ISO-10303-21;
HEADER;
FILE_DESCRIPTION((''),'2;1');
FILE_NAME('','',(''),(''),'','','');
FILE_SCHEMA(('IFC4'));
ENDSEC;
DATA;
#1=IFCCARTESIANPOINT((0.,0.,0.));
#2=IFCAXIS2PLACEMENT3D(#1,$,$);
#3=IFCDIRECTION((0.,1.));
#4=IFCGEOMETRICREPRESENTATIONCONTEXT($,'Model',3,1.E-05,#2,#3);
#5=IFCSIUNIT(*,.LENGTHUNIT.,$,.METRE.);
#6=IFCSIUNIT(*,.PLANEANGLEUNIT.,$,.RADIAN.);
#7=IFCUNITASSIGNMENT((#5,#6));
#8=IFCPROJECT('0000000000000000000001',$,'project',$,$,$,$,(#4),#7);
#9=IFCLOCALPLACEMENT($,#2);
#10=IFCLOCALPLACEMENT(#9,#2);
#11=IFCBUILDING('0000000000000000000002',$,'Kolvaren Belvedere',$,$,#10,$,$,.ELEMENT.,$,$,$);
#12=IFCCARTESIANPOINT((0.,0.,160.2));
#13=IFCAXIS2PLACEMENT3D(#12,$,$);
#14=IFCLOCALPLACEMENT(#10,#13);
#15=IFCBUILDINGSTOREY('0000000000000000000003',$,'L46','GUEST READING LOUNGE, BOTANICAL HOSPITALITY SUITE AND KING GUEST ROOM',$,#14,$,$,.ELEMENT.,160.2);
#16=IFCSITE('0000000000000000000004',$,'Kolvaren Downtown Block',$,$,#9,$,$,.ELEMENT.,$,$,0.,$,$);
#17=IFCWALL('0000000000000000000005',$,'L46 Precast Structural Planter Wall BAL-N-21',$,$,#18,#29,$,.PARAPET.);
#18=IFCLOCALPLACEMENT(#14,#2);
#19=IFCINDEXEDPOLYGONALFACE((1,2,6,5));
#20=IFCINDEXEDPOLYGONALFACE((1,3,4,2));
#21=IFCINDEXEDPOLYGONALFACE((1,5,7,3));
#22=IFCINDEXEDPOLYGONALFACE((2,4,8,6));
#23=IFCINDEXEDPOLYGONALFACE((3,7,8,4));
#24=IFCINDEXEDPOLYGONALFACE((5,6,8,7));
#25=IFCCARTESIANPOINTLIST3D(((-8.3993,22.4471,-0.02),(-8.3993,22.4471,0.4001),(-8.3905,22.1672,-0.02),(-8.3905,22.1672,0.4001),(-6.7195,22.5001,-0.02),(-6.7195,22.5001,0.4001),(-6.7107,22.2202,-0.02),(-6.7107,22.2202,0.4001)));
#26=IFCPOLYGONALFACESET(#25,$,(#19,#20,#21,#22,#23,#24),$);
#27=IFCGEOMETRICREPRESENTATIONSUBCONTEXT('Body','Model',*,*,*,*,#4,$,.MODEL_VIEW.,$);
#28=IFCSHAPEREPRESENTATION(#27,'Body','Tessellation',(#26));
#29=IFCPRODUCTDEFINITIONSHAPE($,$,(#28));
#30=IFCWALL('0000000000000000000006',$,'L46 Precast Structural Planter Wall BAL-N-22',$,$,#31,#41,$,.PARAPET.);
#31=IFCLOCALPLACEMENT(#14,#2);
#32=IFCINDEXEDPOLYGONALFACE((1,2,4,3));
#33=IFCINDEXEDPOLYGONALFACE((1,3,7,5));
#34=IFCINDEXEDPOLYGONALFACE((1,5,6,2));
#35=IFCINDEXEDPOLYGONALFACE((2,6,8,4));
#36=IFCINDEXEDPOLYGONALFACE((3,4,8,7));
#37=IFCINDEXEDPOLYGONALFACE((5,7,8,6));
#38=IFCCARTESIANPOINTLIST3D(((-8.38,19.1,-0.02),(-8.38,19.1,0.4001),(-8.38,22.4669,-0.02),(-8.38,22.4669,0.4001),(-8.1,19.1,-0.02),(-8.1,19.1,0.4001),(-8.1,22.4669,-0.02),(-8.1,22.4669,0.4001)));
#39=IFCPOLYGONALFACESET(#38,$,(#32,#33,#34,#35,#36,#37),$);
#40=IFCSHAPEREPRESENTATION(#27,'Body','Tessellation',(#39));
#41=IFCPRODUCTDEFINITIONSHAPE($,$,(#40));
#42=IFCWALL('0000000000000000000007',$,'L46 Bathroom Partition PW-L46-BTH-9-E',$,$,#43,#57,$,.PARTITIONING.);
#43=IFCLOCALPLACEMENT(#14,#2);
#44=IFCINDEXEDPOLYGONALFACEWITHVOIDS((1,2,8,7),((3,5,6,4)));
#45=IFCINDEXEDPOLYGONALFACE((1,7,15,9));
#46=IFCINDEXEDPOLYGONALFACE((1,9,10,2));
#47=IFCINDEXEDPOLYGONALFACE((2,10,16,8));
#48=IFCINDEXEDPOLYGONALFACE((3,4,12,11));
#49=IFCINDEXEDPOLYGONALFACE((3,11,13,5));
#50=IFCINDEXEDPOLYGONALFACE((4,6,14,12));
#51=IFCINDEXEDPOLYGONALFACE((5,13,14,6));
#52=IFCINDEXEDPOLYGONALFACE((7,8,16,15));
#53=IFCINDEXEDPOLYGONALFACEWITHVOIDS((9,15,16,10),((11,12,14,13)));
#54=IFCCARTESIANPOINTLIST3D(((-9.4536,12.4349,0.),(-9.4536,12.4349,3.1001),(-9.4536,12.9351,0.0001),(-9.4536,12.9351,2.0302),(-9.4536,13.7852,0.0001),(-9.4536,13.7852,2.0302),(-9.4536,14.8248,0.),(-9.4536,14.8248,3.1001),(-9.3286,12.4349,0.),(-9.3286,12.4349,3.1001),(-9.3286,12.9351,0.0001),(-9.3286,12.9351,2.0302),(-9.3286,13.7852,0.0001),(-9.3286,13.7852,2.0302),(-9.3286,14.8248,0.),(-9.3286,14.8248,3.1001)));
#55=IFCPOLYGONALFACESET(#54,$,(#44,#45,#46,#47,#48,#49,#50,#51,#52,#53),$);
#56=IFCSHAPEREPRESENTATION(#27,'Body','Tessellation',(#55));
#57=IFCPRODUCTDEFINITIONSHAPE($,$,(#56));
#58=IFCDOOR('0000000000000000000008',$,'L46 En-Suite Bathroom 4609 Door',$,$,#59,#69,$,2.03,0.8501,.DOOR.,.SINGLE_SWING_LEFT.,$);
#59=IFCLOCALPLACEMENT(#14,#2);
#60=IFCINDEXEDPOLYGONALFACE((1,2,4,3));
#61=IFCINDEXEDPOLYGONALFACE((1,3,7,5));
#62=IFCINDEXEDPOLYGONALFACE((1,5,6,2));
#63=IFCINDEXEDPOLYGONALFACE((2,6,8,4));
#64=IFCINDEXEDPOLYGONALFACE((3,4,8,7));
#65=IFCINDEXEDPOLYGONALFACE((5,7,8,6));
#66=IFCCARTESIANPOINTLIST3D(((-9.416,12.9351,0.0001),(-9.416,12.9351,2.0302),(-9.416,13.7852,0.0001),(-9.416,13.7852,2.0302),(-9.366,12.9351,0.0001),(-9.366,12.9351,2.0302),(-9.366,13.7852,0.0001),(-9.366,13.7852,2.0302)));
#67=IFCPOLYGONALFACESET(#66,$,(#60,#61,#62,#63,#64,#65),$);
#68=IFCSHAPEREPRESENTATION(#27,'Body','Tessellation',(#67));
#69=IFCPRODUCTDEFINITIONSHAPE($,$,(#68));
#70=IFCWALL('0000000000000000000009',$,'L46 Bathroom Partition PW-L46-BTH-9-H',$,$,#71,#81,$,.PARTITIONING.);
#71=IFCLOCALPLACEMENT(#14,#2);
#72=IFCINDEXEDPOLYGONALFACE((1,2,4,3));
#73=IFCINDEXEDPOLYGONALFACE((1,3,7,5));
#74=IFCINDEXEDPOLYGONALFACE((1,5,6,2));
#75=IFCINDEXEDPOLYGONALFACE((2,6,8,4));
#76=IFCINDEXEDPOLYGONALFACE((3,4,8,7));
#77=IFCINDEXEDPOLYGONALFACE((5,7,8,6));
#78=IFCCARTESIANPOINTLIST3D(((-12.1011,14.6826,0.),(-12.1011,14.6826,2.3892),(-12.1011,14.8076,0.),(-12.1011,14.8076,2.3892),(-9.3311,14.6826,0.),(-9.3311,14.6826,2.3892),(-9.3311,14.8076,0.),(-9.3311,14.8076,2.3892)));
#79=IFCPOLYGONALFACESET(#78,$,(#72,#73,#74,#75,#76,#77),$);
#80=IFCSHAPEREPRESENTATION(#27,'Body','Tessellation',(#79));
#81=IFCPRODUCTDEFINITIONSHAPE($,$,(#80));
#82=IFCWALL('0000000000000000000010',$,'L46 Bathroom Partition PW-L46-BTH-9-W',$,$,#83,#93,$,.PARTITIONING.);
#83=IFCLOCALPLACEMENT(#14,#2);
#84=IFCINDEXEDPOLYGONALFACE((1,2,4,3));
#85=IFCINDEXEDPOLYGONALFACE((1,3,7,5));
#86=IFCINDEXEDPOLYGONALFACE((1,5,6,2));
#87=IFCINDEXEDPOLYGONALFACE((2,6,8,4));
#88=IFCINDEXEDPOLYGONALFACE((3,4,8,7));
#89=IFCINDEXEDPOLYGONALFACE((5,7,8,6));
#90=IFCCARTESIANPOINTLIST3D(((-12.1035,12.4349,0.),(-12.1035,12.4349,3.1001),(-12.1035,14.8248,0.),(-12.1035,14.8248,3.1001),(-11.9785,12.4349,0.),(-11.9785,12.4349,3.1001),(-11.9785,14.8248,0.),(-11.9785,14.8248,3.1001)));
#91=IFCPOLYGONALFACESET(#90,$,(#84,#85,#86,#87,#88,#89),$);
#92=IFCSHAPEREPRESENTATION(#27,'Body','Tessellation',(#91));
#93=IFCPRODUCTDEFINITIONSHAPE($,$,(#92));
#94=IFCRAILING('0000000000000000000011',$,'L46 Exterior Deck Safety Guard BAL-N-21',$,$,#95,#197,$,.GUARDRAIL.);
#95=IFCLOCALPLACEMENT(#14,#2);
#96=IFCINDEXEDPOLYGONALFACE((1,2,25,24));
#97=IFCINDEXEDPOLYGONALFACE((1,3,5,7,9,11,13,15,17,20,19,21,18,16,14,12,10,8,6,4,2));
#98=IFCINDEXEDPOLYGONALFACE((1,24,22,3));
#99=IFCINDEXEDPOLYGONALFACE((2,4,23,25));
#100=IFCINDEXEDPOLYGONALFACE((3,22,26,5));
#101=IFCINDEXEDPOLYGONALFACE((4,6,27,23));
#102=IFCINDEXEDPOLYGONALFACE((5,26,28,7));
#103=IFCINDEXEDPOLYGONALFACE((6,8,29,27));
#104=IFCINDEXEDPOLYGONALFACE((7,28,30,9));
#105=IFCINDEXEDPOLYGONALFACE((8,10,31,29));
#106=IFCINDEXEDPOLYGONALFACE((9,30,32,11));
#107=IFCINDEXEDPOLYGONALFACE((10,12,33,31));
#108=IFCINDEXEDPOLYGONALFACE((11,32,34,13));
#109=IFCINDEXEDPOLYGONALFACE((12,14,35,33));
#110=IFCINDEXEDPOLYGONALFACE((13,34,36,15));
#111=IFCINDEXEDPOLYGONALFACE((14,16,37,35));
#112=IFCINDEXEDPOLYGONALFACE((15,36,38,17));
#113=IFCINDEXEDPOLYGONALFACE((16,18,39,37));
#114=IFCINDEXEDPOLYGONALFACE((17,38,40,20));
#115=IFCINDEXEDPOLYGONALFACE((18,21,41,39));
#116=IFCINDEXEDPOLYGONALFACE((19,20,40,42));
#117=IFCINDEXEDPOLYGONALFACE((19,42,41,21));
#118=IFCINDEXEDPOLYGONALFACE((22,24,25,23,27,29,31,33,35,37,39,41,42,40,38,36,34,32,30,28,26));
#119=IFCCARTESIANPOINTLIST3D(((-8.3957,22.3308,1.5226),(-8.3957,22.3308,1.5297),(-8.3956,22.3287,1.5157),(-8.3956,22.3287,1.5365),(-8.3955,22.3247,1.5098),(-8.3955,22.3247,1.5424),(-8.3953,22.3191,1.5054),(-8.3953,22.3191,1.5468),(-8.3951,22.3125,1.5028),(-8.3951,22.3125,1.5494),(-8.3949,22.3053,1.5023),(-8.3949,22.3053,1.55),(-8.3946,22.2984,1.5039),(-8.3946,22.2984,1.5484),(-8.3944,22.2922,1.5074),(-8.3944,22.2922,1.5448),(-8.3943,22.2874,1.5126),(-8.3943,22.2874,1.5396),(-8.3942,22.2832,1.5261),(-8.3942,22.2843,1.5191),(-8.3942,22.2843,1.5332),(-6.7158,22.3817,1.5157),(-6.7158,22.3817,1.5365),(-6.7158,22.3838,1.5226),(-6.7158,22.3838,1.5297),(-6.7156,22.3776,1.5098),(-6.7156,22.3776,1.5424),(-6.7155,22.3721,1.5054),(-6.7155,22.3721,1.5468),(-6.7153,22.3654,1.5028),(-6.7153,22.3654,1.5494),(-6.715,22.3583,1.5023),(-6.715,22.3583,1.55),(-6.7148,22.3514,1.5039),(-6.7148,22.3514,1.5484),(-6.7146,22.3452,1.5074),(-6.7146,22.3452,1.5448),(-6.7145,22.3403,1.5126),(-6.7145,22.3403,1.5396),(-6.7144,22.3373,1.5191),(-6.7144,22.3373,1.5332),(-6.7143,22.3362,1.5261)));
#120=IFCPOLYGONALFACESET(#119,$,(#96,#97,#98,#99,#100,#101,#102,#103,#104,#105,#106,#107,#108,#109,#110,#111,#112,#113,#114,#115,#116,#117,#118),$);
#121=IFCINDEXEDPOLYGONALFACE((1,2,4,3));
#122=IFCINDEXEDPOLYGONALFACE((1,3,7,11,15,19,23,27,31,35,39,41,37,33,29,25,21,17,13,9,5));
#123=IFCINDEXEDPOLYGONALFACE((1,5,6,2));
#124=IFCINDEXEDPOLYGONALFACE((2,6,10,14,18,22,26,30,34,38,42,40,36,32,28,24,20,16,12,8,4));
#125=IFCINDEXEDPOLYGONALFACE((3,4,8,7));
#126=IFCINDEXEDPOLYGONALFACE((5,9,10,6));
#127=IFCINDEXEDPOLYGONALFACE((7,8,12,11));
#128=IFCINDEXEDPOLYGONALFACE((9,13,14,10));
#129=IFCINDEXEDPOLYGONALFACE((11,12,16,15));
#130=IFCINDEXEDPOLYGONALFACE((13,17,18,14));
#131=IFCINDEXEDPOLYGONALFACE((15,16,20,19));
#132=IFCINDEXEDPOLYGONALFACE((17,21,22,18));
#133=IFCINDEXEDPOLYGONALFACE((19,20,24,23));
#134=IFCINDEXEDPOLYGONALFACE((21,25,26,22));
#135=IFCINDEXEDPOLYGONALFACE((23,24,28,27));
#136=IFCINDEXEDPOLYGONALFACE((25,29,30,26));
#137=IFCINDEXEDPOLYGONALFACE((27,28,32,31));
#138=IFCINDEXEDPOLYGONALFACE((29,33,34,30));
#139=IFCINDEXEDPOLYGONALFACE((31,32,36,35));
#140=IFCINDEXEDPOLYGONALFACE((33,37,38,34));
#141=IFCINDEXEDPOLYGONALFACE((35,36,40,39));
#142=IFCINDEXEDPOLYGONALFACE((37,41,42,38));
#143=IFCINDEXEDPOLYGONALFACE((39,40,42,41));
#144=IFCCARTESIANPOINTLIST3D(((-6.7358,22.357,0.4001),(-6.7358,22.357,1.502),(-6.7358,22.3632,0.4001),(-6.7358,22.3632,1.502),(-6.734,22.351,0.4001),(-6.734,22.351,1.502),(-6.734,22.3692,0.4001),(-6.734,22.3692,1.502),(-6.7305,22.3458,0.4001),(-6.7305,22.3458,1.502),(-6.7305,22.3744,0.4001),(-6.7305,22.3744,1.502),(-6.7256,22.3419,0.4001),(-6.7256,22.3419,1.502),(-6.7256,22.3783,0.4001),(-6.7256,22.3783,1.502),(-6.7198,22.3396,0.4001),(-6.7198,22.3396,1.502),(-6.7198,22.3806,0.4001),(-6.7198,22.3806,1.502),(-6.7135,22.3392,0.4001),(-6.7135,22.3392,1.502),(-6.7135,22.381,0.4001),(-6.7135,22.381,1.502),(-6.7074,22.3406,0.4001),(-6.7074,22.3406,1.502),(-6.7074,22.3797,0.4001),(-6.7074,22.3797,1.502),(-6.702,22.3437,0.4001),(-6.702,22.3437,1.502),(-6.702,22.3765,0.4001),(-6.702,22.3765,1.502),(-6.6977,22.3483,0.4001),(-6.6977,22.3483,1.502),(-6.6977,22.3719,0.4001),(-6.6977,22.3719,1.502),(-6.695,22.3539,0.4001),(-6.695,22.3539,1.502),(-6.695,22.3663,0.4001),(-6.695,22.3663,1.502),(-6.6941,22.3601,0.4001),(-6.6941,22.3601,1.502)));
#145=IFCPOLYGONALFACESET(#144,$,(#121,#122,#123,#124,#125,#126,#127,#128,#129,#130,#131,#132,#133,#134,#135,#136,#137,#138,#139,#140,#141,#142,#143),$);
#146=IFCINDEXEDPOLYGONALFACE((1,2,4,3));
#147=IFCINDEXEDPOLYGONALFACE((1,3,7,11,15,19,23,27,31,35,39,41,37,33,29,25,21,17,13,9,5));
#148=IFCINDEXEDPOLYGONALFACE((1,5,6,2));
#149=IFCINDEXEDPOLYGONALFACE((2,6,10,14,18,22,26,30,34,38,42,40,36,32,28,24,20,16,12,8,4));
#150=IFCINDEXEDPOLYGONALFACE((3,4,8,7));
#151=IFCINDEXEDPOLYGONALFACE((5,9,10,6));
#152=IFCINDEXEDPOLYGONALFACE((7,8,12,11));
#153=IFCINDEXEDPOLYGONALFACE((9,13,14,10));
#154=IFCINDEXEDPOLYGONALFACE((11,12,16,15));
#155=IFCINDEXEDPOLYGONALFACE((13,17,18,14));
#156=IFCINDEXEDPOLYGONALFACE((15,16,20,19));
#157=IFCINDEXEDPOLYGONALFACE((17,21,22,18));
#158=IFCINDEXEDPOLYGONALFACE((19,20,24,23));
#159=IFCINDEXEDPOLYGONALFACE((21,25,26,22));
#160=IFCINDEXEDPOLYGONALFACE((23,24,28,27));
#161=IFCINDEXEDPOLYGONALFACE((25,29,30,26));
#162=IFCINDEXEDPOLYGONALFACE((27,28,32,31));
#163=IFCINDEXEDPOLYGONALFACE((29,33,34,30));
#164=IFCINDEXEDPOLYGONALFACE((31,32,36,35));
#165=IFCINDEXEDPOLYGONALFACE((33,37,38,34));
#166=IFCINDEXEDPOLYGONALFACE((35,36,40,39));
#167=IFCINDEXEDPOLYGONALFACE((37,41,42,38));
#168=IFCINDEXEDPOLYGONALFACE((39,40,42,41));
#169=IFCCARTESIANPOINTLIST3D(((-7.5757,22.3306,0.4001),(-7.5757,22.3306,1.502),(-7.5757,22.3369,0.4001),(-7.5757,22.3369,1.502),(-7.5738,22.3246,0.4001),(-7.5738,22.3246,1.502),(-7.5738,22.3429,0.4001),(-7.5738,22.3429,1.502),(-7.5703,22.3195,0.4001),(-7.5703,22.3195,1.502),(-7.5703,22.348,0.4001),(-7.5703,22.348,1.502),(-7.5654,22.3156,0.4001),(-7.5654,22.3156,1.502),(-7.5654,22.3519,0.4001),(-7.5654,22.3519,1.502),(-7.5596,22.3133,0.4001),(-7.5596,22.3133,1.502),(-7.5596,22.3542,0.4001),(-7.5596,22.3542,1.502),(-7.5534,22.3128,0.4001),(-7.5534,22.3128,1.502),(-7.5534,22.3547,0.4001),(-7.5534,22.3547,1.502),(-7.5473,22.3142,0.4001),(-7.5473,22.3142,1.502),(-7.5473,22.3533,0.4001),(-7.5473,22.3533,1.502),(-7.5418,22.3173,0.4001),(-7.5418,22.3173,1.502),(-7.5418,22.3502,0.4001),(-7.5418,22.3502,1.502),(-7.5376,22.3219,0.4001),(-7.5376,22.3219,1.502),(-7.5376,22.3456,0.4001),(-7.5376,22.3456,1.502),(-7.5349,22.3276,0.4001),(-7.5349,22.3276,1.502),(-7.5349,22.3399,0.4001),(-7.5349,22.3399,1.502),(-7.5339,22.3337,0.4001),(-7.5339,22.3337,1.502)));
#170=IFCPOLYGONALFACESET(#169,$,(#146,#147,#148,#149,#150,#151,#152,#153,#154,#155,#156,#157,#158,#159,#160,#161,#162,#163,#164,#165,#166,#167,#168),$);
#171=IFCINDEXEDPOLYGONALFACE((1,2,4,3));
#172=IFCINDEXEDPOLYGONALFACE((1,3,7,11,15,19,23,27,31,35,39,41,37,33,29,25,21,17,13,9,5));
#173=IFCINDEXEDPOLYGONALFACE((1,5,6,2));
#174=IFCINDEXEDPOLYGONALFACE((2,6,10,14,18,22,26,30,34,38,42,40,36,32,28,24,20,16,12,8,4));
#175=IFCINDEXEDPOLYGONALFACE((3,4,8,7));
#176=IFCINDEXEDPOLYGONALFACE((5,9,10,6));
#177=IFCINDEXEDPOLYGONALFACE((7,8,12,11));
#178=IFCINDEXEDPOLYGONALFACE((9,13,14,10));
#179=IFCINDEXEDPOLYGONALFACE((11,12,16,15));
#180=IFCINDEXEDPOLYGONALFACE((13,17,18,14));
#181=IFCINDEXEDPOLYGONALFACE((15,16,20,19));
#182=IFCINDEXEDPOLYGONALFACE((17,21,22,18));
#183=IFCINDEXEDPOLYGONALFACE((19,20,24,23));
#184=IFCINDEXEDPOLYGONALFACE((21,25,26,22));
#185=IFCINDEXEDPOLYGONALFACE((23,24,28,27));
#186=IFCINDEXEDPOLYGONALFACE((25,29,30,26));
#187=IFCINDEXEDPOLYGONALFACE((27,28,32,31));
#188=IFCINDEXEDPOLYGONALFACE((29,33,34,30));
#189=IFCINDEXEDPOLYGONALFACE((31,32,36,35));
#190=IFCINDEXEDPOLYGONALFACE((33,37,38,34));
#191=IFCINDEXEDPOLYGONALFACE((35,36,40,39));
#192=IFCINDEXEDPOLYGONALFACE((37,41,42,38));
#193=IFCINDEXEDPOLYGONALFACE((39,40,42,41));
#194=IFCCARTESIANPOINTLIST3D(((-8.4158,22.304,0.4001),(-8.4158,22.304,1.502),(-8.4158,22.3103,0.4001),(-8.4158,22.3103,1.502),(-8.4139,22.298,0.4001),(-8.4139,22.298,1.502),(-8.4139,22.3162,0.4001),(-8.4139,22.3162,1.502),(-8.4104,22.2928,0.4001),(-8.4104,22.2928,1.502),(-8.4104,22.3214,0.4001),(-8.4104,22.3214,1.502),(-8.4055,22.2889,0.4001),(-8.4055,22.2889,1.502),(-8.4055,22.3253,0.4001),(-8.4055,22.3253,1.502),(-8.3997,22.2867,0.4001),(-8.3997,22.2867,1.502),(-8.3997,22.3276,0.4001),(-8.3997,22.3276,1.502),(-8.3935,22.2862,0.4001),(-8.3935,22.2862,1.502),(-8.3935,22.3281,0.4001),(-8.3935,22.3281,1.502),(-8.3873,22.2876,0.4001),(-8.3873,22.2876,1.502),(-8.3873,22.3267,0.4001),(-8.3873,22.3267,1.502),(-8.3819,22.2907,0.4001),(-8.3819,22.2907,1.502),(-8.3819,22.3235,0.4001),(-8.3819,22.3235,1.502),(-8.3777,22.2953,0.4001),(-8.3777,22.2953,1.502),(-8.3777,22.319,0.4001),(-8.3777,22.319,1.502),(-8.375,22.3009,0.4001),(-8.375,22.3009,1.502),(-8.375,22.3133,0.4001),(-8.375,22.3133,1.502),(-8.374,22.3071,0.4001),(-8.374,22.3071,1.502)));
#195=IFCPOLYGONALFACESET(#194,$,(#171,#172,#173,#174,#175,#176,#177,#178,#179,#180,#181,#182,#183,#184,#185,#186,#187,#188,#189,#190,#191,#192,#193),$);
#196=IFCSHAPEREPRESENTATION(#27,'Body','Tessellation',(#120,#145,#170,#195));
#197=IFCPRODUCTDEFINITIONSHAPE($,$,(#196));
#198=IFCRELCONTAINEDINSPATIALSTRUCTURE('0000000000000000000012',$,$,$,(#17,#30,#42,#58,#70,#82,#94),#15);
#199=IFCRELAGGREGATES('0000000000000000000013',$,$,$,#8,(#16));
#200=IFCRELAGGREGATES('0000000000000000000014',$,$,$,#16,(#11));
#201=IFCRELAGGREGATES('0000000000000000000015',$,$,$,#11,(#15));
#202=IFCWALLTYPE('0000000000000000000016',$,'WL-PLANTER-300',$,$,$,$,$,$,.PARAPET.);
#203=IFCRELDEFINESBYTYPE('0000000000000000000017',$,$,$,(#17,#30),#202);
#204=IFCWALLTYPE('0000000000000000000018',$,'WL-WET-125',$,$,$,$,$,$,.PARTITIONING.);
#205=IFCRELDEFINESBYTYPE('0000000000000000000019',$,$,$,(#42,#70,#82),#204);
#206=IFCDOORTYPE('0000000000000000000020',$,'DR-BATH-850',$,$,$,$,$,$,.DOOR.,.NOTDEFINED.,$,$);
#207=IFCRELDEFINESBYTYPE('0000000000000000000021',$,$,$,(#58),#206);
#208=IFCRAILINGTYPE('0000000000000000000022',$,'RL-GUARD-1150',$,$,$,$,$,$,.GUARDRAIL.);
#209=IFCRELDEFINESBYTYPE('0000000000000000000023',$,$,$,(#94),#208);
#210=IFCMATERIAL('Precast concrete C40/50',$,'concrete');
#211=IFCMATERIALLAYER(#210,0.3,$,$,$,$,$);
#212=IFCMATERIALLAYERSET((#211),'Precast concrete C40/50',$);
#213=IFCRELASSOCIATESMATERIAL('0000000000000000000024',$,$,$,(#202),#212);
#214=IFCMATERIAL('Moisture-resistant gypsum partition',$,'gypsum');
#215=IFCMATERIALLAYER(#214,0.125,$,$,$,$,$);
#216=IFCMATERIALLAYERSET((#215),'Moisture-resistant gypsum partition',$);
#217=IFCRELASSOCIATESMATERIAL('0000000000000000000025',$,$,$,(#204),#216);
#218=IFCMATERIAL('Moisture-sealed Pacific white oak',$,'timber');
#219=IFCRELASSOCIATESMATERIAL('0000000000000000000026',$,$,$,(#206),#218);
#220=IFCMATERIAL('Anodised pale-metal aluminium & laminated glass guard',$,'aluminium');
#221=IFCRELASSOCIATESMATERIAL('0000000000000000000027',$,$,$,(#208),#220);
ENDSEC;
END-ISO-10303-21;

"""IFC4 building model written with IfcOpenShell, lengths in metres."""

from ifc_helpers import new_model, si_unit, direction, frame, frame_2d, origin, origin_2d, place, context, subcontext, project, spatial, rectangle, circle, extrude, material, layer, layer_set, type_object, element, fill, save


model = new_model("IFC4")

# Units and contexts
model_context = context("Model", 3, precision=1e-05, world=origin(), true_north=direction((0.0, 1.0)))
body_context = subcontext(model_context, "Body", "Model", "MODEL_VIEW")
ifc_project = project(units=[si_unit("LENGTHUNIT", "METRE"), si_unit("PLANEANGLEUNIT", "RADIAN")], contexts=[model_context])

# Site, building, storey
site_placement = place(None, origin())
site = spatial("IfcSite", under=ifc_project, at=site_placement, Name="Kolvaren Downtown Block", CompositionType="ELEMENT", RefElevation=0.0)
building_placement = place(site_placement, origin())
building = spatial("IfcBuilding", under=site, at=building_placement, Name="Kolvaren Belvedere", CompositionType="ELEMENT")
storey_placement = place(building_placement, frame((0.0, 0.0, 160.2)))
storey = spatial("IfcBuildingStorey", under=building, at=storey_placement, Name="L46", Description="GUEST READING LOUNGE, BOTANICAL HOSPITALITY SUITE AND KING GUEST ROOM", CompositionType="ELEMENT", Elevation=160.2)

# Walls
ifc_material_1 = material(Name="Precast concrete C40/50", Category="concrete")
ifc_layer_1 = layer(ifc_material_1, 0.3)
ifc_layer_set_1 = layer_set([ifc_layer_1], Name="Precast concrete C40/50")
wall_type_1 = type_object("IfcWallType", Name="WL-PLANTER-300", PredefinedType="PARAPET", material=ifc_layer_set_1)
wall_1_placement = place(storey_placement, frame((-6.7151, 22.3601, -0.02), z_axis=(0.0, 0.0, 1.0), x_axis=(-0.999503, -0.03152, 0.0)))
element("IfcWall", 1, at=wall_1_placement, inside=storey, type_object=wall_type_1, Name="L46 Precast Structural Planter Wall BAL-N-21", PredefinedType="PARAPET", context=body_context, shape_type="SweptSolid", body=[
    extrude(rectangle(XDim=1.6807, YDim=0.28, at=frame_2d((0.8403, 0.0))), origin(), (0.0, 0.0, 1.0), 0.4202),
])
wall_2_placement = place(storey_placement, frame((-8.24, 22.467, -0.02), z_axis=(0.0, 0.0, 1.0), x_axis=(0.0, -1.0, 0.0)))
element("IfcWall", 2, at=wall_2_placement, inside=storey, type_object=wall_type_1, Name="L46 Precast Structural Planter Wall BAL-N-22", PredefinedType="PARAPET", context=body_context, shape_type="SweptSolid", body=[
    extrude(rectangle(XDim=3.3669, YDim=0.28, at=frame_2d((1.6836, 0.0))), origin(), (0.0, 0.0, 1.0), 0.4202),
])

# Wall, opening, door
ifc_material_2 = material(Name="Moisture-resistant gypsum partition", Category="gypsum")
ifc_layer_2 = layer(ifc_material_2, 0.125)
ifc_layer_set_2 = layer_set([ifc_layer_2], Name="Moisture-resistant gypsum partition")
wall_type_2 = type_object("IfcWallType", Name="WL-WET-125", PredefinedType="PARTITIONING", material=ifc_layer_set_2)
wall_3_placement = place(storey_placement, frame((-9.3911, 12.4351, 0.0), z_axis=(0.0, 0.0, 1.0), x_axis=(0.0, 1.0, 0.0)))
wall_3 = element("IfcWall", 3, at=wall_3_placement, inside=storey, type_object=wall_type_2, Name="L46 Bathroom Partition PW-L46-BTH-9-E", PredefinedType="PARTITIONING", context=body_context, shape_type="SweptSolid", body=[
    extrude(rectangle(XDim=2.3899, YDim=0.125, at=frame_2d((1.1948, 0.0))), origin(), (0.0, 0.0, 1.0), 3.1001),
])
opening_1_placement = place(wall_3_placement, frame((0.5, 0.0, 0.0)))
opening_1 = element("IfcOpeningElement", 4, at=opening_1_placement, cuts=wall_3, PredefinedType="OPENING", context=body_context, shape_type="SweptSolid", body=[
    extrude(rectangle(XDim=0.8501, YDim=2.03, at=frame_2d((0.425, 1.0151))), frame((0.0, 0.0725, 0.0), z_axis=(0.0, -1.0, 0.0), x_axis=(1.0, 0.0, 0.0)), (0.0, 0.0, 1.0), 0.145),
])
ifc_material_3 = material(Name="Moisture-sealed Pacific white oak", Category="timber")
door_type = type_object("IfcDoorType", Name="DR-BATH-850", OperationType="NOTDEFINED", PredefinedType="DOOR", material=ifc_material_3)
door_placement = place(opening_1_placement, origin())
door = element("IfcDoor", 5, at=door_placement, inside=storey, type_object=door_type, Name="L46 En-Suite Bathroom 4609 Door", OperationType="SINGLE_SWING_LEFT", OverallHeight=2.03, OverallWidth=0.8501, PredefinedType="DOOR", context=body_context, shape_type="SweptSolid", body=[
    extrude(rectangle(XDim=0.8501, YDim=2.03, at=frame_2d((0.425, 1.0151))), frame((0.0, 0.0249, 0.0), z_axis=(0.0, -1.0, 0.0), x_axis=(1.0, 0.0, 0.0)), (0.0, 0.0, 1.0), 0.05),
])
fill(opening_1, door)

# Walls
wall_4_placement = place(storey_placement, frame((-12.1011, 14.7451, 0.0), z_axis=(0.0, 0.0, 1.0), x_axis=(1.0, 0.0, 0.0)))
element("IfcWall", 6, at=wall_4_placement, inside=storey, type_object=wall_type_2, Name="L46 Bathroom Partition PW-L46-BTH-9-H", PredefinedType="PARTITIONING", context=body_context, shape_type="SweptSolid", body=[
    extrude(rectangle(XDim=2.77, YDim=0.125, at=frame_2d((1.385, 0.0))), origin(), (0.0, 0.0, 1.0), 2.3892),
])
wall_5_placement = place(storey_placement, frame((-12.041, 12.4351, 0.0), z_axis=(0.0, 0.0, 1.0), x_axis=(0.0, 1.0, 0.0)))
element("IfcWall", 7, at=wall_5_placement, inside=storey, type_object=wall_type_2, Name="L46 Bathroom Partition PW-L46-BTH-9-W", PredefinedType="PARTITIONING", context=body_context, shape_type="SweptSolid", body=[
    extrude(rectangle(XDim=2.3899, YDim=0.125, at=frame_2d((1.1948, 0.0))), origin(), (0.0, 0.0, 1.0), 3.1001),
])

# Railing
ifc_material_4 = material(Name="Anodised pale-metal aluminium & laminated glass guard", Category="aluminium")
railing_type = type_object("IfcRailingType", Name="RL-GUARD-1150", PredefinedType="GUARDRAIL", material=ifc_material_4)
railing_1_placement = place(storey_placement, frame((-6.7151, 22.3601, 0.4001)))
element("IfcRailing", 8, at=railing_1_placement, inside=storey, type_object=railing_type, Name="L46 Exterior Deck Safety Guard BAL-N-21", PredefinedType="GUARDRAIL", context=body_context, shape_type="SweptSolid", body=[
    extrude(circle(Radius=0.0239, at=origin_2d()), frame((0.0, 0.0, 1.126), z_axis=(-0.999503, -0.03152, 0.0), x_axis=(0.03152, -0.999503, 0.0)), (0.0, 0.0, 1.0), 1.6807),
    extrude(circle(Radius=0.021, at=origin_2d()), origin(), (0.0, 0.0, 1.0), 1.1018),
    extrude(circle(Radius=0.021, at=origin_2d()), frame((-0.8398, -0.0264, 0.0)), (0.0, 0.0, 1.0), 1.1018),
    extrude(circle(Radius=0.021, at=origin_2d()), frame((-1.6799, -0.053, 0.0)), (0.0, 0.0, 1.0), 1.1018),
])

save(model, "model.ifc")
